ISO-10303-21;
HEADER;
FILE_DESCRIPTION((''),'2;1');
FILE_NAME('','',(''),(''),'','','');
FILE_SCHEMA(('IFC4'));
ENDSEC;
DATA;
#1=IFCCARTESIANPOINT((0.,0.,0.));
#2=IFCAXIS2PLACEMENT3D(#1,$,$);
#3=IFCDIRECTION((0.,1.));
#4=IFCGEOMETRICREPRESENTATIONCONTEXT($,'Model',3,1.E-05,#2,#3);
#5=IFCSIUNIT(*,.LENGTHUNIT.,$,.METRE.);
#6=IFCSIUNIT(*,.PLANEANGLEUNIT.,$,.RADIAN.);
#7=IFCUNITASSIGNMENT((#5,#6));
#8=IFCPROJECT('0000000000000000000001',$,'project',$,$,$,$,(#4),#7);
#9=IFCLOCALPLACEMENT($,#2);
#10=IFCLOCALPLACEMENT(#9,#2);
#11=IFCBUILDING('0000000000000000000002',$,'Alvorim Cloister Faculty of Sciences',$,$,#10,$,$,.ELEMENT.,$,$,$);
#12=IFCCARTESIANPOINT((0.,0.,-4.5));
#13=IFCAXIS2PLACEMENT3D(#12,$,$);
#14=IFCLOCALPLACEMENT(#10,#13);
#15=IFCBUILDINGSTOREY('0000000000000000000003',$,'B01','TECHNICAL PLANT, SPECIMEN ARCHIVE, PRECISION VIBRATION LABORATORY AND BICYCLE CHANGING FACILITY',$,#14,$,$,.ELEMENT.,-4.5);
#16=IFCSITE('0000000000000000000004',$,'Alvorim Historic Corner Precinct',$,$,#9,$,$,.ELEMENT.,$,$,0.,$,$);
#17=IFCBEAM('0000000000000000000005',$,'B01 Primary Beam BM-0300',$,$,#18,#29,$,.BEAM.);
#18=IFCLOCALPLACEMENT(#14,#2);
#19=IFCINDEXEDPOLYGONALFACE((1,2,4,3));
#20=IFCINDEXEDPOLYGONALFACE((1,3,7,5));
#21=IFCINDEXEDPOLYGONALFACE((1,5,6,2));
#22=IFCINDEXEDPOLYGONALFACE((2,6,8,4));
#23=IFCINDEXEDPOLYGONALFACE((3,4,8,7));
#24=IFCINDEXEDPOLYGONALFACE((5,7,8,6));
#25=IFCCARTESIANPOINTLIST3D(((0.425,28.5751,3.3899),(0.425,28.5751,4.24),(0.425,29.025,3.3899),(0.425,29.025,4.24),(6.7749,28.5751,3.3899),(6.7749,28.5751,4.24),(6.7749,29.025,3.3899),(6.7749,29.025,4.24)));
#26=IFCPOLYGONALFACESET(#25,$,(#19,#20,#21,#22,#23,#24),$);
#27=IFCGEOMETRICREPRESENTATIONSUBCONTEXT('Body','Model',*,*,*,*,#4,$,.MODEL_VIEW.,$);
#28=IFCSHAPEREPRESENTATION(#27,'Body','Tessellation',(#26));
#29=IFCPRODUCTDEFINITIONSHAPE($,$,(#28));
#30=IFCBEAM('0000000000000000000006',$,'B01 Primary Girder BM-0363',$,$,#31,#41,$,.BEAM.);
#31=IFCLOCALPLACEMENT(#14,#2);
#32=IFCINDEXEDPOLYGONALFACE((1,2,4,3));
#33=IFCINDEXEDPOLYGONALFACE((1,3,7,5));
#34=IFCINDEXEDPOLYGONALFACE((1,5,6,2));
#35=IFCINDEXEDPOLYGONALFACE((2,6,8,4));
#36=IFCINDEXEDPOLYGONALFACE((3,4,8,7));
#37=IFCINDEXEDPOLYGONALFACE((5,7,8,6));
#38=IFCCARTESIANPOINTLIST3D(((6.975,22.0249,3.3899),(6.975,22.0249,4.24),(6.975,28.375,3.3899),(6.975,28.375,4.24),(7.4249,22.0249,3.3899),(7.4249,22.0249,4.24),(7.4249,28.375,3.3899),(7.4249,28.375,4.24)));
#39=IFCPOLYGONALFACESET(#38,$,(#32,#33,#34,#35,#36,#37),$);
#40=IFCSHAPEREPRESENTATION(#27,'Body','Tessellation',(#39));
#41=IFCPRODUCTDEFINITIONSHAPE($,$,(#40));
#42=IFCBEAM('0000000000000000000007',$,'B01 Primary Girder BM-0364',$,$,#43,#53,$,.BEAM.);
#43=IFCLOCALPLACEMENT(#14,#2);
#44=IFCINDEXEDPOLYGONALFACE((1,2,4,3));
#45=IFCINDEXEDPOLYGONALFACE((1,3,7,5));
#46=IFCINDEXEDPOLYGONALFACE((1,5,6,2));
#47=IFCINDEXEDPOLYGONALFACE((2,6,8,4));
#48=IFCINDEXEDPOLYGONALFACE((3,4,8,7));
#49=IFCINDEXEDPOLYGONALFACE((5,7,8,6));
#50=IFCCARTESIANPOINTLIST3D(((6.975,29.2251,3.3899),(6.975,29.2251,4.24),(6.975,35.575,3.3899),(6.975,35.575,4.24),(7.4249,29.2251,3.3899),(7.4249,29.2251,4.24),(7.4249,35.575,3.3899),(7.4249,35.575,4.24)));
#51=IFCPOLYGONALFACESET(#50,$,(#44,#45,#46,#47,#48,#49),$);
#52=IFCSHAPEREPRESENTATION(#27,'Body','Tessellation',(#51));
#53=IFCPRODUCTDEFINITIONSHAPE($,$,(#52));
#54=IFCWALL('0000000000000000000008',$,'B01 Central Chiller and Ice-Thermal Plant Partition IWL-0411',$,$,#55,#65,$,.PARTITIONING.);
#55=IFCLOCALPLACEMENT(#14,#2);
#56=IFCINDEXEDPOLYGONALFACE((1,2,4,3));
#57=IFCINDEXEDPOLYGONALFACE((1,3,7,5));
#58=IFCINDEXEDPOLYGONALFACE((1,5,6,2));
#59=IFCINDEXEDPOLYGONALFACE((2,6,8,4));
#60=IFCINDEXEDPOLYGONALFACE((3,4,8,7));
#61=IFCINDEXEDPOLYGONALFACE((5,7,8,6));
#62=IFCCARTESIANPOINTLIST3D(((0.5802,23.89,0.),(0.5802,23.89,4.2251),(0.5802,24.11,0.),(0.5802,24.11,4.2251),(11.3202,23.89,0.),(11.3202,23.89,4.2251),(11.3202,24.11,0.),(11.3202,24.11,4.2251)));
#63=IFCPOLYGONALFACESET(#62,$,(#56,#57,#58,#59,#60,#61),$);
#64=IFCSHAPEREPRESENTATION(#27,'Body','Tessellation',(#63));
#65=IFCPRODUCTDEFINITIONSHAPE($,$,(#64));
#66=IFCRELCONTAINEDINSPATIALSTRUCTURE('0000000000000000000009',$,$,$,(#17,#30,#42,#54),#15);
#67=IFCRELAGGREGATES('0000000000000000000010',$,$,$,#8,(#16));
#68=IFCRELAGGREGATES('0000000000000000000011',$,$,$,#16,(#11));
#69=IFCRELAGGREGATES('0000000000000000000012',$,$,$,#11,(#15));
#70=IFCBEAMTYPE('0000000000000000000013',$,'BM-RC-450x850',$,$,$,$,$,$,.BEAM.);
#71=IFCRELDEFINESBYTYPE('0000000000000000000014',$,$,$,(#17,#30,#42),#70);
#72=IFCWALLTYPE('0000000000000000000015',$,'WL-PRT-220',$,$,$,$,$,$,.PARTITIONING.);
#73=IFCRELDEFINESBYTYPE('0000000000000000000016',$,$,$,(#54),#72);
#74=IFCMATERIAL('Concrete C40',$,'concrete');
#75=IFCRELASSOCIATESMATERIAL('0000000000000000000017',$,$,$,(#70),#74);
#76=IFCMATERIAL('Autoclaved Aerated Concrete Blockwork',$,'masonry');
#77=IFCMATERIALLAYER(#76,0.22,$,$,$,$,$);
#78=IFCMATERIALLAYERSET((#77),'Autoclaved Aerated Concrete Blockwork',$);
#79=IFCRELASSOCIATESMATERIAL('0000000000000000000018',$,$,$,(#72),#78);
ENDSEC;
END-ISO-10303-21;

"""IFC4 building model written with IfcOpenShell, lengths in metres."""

from ifc_helpers import new_model, si_unit, direction, frame, frame_2d, origin, origin_2d, place, context, subcontext, project, spatial, rectangle, extrude, material, layer, layer_set, material_profile, profile_set, type_object, element, save


model = new_model("IFC4")

# Units and contexts
model_context = context("Model", 3, precision=1e-05, world=origin(), true_north=direction((0.0, 1.0)))
body_context = subcontext(model_context, "Body", "Model", "MODEL_VIEW")
ifc_project = project(units=[si_unit("LENGTHUNIT", "METRE"), si_unit("PLANEANGLEUNIT", "RADIAN")], contexts=[model_context])

# Site, building, storey
site_placement = place(None, origin())
site = spatial("IfcSite", under=ifc_project, at=site_placement, Name="Alvorim Historic Corner Precinct", CompositionType="ELEMENT", RefElevation=0.0)
building_placement = place(site_placement, origin())
building = spatial("IfcBuilding", under=site, at=building_placement, Name="Alvorim Cloister Faculty of Sciences", CompositionType="ELEMENT")
storey_placement = place(building_placement, frame((0.0, 0.0, -4.5)))
storey = spatial("IfcBuildingStorey", under=building, at=storey_placement, Name="B01", Description="TECHNICAL PLANT, SPECIMEN ARCHIVE, PRECISION VIBRATION LABORATORY AND BICYCLE CHANGING FACILITY", CompositionType="ELEMENT", Elevation=-4.5)

# Shared definitions
ifc_material_1 = material(Name="Concrete C40", Category="concrete")

# Beams
ifc_material_profile_1 = material_profile(ifc_material_1, rectangle(XDim=0.45, YDim=0.8501, at=origin_2d()), Name="RC40-BM-450x850")
ifc_profile_set_1 = profile_set([ifc_material_profile_1], Name="Concrete C40")
beam_type = type_object("IfcBeamType", Name="BM-RC-450x850", PredefinedType="BEAM", material=ifc_profile_set_1)
for number, where, z_axis, x_axis, name in (
    (1, (0.425, 28.8, 3.8149), (1.0, 0.0, 0.0), (0.0, 1.0, 0.0), "B01 Primary Beam BM-0300"),
):
    element("IfcBeam", number, at=place(storey_placement, frame(where, z_axis=z_axis, x_axis=x_axis)), inside=storey, type_object=beam_type, Name=name, PredefinedType="BEAM", context=body_context, shape_type="SweptSolid", body=[
        extrude(rectangle(XDim=0.45, YDim=0.8501, at=origin_2d()), origin(), (0.0, 0.0, 1.0), 6.3499),
    ])
beam_1_placement = place(storey_placement, frame((7.2, 22.0249, 3.8149), z_axis=(0.0, 1.0, 0.0), x_axis=(-1.0, 0.0, 0.0)))
element("IfcBeam", 2, at=beam_1_placement, inside=storey, type_object=beam_type, Name="B01 Primary Girder BM-0363", PredefinedType="BEAM", context=body_context, shape_type="SweptSolid", body=[
    extrude(rectangle(XDim=0.45, YDim=0.8501, at=origin_2d()), origin(), (0.0, 0.0, 1.0), 6.3501),
])
beam_2_placement = place(storey_placement, frame((7.2, 29.2251, 3.8149), z_axis=(0.0, 1.0, 0.0), x_axis=(-1.0, 0.0, 0.0)))
element("IfcBeam", 3, at=beam_2_placement, inside=storey, type_object=beam_type, Name="B01 Primary Girder BM-0364", PredefinedType="BEAM", context=body_context, shape_type="SweptSolid", body=[
    extrude(rectangle(XDim=0.45, YDim=0.8501, at=origin_2d()), origin(), (0.0, 0.0, 1.0), 6.3499),
])

# Wall
ifc_material_2 = material(Name="Autoclaved Aerated Concrete Blockwork", Category="masonry")
ifc_layer = layer(ifc_material_2, 0.22)
ifc_layer_set = layer_set([ifc_layer], Name="Autoclaved Aerated Concrete Blockwork")
wall_type = type_object("IfcWallType", Name="WL-PRT-220", PredefinedType="PARTITIONING", material=ifc_layer_set)
wall_placement = place(storey_placement, frame((0.5801, 24.0, 0.0), z_axis=(0.0, 0.0, 1.0), x_axis=(1.0, 0.0, 0.0)))
element("IfcWall", 4, at=wall_placement, inside=storey, type_object=wall_type, Name="B01 Central Chiller and Ice-Thermal Plant Partition IWL-0411", PredefinedType="PARTITIONING", context=body_context, shape_type="SweptSolid", body=[
    extrude(rectangle(XDim=10.74, YDim=0.22, at=frame_2d((5.3701, 0.0))), origin(), (0.0, 0.0, 1.0), 4.2251),
])

save(model, "model.ifc")
